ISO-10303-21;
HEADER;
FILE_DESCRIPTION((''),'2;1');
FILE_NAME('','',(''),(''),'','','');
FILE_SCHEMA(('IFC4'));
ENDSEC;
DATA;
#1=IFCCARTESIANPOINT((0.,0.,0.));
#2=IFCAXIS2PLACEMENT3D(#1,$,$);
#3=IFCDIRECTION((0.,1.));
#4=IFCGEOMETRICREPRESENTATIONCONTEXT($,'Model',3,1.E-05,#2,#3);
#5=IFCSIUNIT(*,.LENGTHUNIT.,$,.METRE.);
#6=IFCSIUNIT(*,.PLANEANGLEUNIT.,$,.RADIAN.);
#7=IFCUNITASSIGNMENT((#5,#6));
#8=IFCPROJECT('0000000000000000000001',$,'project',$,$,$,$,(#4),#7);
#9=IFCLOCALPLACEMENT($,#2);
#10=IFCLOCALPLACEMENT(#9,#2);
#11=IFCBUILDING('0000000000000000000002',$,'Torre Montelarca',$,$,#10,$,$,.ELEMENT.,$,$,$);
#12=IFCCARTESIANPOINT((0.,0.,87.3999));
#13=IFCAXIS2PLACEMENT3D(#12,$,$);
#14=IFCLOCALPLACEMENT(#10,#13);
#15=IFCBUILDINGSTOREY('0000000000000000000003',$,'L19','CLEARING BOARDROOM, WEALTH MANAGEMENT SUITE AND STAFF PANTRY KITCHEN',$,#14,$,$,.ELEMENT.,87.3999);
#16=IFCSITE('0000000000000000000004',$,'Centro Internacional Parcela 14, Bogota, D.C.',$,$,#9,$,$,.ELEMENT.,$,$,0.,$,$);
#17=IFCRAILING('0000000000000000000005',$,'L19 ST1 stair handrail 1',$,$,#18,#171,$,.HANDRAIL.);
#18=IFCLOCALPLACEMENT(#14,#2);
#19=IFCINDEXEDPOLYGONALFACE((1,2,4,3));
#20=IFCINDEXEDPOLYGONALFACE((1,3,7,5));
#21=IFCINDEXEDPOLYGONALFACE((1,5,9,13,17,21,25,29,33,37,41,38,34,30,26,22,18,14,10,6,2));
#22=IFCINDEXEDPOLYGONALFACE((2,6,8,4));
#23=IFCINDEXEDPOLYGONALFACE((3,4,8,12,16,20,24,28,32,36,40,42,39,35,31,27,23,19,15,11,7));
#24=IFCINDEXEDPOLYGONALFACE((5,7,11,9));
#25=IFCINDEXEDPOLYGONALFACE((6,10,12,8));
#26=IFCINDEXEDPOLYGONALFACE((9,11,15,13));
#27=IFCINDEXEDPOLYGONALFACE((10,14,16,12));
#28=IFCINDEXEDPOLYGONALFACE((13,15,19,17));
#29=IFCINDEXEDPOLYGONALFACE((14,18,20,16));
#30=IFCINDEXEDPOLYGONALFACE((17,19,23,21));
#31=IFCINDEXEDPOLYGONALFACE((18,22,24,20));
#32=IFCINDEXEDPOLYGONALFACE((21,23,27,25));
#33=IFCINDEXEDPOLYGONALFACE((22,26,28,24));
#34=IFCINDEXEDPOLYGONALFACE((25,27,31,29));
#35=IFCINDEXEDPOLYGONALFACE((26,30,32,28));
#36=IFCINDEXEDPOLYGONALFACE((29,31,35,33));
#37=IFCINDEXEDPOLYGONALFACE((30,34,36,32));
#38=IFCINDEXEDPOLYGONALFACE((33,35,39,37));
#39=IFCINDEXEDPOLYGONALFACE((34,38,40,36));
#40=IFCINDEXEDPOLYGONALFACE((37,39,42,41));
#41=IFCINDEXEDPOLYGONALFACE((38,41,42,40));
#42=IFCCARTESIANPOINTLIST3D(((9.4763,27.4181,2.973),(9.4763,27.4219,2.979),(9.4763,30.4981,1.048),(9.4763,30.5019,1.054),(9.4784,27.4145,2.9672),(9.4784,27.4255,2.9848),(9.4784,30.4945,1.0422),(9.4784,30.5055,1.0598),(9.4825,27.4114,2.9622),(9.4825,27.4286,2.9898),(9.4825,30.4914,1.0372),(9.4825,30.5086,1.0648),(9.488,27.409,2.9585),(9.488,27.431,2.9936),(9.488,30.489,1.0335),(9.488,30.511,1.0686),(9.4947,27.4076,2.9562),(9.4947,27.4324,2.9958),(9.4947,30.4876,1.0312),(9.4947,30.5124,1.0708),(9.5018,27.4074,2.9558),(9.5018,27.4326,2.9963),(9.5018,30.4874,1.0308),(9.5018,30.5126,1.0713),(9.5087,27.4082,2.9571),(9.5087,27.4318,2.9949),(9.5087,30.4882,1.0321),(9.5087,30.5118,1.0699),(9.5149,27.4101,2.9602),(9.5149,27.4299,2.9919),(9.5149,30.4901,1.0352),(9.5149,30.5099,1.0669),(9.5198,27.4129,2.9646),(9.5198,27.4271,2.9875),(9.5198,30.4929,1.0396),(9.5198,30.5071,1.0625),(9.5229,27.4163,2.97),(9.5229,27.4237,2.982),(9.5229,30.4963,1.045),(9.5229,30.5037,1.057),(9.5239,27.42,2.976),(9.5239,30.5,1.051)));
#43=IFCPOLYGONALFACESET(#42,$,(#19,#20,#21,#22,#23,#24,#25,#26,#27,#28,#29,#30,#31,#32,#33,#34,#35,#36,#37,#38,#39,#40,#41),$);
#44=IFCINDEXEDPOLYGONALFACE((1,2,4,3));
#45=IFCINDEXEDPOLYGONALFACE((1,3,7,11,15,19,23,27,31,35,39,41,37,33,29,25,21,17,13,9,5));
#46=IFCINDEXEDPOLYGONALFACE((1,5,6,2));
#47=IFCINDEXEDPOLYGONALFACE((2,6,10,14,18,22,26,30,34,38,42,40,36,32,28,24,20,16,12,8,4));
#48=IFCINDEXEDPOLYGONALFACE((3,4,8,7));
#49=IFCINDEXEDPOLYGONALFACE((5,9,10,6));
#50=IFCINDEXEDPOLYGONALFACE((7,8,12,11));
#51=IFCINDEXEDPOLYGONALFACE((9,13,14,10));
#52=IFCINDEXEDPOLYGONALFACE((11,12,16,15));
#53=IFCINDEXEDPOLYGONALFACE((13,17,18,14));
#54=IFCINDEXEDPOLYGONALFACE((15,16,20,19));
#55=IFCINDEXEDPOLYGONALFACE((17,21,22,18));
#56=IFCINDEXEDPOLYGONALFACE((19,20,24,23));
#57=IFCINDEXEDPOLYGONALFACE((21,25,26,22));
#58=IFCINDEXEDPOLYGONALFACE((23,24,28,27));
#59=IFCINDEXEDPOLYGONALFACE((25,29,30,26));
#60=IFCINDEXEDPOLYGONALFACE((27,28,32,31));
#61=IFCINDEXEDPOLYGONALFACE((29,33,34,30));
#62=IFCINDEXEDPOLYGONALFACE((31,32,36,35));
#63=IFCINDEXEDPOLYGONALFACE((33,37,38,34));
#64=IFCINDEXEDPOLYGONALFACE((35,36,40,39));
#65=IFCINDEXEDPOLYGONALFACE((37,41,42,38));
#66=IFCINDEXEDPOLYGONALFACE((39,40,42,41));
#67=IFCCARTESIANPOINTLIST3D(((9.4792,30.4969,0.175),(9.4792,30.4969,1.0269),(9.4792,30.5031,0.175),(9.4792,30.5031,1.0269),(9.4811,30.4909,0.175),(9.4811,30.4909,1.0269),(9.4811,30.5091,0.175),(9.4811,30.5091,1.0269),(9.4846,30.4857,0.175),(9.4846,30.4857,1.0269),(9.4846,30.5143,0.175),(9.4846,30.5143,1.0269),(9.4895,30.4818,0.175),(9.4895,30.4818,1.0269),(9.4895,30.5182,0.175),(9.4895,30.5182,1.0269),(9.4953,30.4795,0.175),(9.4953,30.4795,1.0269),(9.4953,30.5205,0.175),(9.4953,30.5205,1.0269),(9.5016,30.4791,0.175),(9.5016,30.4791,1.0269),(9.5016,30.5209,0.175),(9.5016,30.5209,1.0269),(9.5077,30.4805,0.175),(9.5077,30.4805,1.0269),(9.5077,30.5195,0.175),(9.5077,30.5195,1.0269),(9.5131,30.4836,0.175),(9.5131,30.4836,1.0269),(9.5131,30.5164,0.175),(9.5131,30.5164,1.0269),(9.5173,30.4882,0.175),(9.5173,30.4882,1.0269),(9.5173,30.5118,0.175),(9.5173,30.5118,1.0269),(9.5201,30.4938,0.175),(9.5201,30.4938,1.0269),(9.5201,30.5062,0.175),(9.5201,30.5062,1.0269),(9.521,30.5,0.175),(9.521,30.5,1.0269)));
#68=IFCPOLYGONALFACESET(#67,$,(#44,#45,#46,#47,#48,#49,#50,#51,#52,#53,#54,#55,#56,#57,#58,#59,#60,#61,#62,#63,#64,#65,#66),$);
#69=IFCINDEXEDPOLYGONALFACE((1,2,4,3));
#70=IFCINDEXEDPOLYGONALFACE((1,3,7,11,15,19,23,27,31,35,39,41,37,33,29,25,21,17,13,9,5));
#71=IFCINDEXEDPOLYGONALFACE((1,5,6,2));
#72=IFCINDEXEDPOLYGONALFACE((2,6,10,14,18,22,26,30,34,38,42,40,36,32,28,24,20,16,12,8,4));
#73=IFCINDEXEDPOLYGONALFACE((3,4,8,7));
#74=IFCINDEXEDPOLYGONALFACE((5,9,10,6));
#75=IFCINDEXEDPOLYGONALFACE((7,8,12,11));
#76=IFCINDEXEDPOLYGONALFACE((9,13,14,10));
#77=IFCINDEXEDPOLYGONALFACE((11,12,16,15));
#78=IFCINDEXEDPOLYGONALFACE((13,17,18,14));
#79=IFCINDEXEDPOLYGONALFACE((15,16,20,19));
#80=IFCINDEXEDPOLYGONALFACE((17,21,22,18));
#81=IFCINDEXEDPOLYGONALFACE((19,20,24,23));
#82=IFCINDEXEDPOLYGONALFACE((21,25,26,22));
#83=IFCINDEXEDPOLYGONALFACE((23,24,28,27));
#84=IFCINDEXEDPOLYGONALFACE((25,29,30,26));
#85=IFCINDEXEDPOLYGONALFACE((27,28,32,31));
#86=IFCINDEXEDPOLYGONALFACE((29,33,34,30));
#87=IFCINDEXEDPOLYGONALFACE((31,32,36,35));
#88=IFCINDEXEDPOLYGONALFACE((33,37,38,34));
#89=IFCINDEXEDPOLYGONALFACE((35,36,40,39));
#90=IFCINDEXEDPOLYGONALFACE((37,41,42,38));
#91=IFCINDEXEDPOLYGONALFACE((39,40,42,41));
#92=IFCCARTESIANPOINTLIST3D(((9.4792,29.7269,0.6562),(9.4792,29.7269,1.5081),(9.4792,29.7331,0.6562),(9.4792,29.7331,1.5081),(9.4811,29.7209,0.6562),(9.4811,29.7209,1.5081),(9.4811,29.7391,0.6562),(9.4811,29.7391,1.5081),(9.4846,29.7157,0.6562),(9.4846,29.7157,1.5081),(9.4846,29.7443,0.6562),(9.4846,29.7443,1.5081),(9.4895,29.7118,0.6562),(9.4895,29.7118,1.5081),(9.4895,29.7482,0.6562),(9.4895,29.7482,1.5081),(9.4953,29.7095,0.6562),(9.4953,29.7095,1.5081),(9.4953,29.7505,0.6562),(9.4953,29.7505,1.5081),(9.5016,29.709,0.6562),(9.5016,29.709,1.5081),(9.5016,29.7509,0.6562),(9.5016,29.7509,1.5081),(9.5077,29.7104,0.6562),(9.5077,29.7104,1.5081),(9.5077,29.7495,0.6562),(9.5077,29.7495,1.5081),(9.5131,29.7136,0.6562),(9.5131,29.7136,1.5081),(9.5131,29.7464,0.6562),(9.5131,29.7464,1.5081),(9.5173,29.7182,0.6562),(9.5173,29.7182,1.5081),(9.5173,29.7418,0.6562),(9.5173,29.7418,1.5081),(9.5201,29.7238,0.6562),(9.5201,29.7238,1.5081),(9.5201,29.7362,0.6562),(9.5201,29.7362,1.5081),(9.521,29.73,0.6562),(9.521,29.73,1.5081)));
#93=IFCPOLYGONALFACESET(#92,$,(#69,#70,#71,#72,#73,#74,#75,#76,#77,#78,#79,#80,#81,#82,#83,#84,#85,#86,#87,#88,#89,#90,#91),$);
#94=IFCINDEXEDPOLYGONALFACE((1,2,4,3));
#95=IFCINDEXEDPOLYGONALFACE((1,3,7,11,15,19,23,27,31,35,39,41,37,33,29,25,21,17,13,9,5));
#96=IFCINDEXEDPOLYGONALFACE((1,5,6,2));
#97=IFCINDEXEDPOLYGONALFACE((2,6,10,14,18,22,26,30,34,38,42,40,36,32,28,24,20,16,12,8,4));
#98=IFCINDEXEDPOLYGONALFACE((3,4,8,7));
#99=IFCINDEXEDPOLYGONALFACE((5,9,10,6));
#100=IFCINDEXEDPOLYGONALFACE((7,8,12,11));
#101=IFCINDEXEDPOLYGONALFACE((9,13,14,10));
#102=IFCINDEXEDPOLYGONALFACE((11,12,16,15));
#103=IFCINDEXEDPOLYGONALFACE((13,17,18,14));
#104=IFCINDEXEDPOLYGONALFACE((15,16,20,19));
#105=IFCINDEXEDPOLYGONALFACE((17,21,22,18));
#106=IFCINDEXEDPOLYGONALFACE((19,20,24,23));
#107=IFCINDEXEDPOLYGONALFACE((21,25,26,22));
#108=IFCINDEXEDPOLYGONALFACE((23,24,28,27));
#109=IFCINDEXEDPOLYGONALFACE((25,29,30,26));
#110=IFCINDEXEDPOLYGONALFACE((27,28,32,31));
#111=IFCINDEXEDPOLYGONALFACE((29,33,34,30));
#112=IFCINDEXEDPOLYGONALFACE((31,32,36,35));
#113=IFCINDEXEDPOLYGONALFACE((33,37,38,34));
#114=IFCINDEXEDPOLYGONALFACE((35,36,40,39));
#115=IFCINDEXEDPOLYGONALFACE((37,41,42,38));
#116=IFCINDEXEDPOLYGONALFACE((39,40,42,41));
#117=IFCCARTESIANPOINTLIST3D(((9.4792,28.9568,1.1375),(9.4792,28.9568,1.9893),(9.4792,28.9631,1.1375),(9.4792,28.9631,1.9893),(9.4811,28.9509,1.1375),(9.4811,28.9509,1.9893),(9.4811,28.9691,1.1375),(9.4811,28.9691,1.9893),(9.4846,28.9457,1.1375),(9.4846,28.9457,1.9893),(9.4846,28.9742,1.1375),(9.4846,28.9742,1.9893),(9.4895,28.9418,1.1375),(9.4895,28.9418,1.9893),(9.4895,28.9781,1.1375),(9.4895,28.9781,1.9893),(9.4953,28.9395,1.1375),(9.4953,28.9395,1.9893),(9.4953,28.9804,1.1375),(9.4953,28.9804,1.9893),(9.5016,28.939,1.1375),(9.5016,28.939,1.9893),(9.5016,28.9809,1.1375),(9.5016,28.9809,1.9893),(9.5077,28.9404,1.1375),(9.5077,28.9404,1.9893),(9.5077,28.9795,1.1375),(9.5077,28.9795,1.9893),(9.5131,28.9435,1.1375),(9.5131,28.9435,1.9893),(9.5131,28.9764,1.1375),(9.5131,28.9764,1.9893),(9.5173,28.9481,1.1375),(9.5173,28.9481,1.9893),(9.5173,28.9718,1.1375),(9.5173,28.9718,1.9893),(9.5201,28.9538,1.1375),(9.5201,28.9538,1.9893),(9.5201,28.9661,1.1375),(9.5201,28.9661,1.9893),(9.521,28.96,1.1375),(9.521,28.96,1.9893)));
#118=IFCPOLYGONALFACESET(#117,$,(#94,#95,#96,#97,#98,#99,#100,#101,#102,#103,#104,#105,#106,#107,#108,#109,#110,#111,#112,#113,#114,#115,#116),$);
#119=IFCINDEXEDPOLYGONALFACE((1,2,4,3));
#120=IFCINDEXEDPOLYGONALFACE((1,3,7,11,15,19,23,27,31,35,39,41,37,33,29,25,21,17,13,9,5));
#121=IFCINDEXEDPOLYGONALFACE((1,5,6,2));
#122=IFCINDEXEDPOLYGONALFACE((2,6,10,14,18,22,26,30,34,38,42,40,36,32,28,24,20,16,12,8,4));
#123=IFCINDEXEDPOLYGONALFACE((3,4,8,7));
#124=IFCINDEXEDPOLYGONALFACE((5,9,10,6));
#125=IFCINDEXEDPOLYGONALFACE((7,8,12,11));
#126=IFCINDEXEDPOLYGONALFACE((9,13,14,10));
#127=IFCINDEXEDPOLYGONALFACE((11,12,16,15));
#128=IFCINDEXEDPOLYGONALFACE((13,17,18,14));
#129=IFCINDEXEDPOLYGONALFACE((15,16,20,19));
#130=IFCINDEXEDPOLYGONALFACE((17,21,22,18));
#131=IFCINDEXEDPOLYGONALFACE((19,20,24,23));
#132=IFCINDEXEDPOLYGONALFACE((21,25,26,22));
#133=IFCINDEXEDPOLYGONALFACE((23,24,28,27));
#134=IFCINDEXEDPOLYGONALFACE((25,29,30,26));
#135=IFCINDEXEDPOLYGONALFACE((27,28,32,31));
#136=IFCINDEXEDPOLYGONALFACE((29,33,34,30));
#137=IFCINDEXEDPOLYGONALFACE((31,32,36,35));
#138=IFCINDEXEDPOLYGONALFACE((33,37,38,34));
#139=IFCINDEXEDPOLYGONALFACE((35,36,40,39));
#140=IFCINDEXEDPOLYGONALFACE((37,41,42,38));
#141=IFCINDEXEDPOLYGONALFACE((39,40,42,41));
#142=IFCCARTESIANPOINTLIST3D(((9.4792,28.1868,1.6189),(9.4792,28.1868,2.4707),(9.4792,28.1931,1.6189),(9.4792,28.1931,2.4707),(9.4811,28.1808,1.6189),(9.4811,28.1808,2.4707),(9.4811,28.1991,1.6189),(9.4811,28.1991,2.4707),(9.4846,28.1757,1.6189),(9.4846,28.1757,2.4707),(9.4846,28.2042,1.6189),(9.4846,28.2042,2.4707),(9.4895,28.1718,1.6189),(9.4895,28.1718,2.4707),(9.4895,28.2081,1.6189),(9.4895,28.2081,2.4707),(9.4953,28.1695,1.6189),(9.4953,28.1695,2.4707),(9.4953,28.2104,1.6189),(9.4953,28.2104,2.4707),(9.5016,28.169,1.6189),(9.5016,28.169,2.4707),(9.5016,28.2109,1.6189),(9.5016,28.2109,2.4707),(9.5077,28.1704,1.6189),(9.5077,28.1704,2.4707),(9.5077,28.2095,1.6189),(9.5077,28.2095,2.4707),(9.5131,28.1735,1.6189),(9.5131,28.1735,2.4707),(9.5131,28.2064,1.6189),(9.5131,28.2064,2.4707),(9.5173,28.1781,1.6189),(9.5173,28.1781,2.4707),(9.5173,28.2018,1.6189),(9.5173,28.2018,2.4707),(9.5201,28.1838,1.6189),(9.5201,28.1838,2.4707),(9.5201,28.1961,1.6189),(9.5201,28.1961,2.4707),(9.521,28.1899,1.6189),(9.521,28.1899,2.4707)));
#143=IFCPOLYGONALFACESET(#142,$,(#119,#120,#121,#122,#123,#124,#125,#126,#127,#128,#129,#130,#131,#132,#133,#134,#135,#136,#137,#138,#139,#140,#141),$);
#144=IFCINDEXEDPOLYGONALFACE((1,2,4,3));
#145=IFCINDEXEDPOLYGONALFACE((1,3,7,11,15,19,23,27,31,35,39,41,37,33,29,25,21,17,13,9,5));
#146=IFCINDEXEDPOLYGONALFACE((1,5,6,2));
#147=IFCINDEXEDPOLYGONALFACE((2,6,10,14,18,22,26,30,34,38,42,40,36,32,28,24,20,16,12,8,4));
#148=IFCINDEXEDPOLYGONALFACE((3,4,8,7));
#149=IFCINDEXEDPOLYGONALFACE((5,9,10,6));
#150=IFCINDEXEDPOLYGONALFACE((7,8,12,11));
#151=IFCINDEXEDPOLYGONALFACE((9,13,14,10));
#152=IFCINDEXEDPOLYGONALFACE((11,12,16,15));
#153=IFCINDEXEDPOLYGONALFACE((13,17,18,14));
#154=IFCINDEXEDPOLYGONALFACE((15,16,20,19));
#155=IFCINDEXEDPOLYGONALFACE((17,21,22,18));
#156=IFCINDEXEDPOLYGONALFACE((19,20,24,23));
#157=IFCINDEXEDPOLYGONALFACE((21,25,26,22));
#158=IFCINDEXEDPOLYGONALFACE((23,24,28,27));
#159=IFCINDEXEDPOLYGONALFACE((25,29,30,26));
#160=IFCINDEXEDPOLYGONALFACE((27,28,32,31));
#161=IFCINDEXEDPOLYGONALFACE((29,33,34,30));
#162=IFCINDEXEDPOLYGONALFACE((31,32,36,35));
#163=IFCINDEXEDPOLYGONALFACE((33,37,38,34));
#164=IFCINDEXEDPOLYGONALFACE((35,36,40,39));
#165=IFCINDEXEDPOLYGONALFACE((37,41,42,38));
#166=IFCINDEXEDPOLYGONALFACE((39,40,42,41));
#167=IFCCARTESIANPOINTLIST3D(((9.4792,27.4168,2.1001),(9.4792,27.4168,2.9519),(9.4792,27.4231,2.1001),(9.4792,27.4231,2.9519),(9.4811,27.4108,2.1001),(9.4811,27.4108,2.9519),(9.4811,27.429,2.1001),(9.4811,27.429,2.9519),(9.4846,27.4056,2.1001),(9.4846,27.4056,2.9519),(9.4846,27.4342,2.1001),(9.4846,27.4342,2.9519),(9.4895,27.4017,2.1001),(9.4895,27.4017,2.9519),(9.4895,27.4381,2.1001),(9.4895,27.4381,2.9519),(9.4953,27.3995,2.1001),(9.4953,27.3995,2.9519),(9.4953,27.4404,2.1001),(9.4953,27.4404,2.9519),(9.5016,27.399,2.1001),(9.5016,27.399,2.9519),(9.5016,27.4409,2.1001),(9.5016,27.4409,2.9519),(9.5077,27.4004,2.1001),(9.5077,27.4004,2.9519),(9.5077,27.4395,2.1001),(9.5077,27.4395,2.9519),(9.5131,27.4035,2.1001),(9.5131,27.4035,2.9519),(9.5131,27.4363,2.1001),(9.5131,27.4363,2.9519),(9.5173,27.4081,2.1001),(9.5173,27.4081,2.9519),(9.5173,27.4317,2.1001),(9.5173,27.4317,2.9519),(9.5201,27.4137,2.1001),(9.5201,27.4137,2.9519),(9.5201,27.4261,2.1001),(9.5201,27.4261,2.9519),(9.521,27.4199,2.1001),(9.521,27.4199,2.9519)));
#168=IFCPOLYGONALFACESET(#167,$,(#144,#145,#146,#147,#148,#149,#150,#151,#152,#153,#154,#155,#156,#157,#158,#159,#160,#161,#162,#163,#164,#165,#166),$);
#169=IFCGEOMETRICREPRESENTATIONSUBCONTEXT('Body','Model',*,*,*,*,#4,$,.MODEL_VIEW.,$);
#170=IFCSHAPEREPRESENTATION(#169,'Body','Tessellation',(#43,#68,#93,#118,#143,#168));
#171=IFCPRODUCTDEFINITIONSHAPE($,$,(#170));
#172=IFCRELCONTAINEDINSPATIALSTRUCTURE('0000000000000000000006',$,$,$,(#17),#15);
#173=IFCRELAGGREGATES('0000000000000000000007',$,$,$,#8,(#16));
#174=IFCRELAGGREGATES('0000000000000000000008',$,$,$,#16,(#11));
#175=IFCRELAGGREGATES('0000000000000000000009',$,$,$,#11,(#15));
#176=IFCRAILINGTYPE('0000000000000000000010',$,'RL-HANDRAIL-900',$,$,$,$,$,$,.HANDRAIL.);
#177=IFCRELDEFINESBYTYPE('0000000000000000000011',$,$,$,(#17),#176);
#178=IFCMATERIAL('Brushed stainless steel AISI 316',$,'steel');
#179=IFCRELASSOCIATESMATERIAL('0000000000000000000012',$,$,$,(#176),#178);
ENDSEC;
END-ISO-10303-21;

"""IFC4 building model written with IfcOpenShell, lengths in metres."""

from ifc_helpers import new_model, si_unit, direction, frame, origin, origin_2d, place, context, subcontext, project, spatial, circle, extrude, material, type_object, element, save


model = new_model("IFC4")

# Units and contexts
model_context = context("Model", 3, precision=1e-05, world=origin(), true_north=direction((0.0, 1.0)))
body_context = subcontext(model_context, "Body", "Model", "MODEL_VIEW")
ifc_project = project(units=[si_unit("LENGTHUNIT", "METRE"), si_unit("PLANEANGLEUNIT", "RADIAN")], contexts=[model_context])

# Site, building, storey
site_placement = place(None, origin())
site = spatial("IfcSite", under=ifc_project, at=site_placement, Name="Centro Internacional Parcela 14, Bogota, D.C.", CompositionType="ELEMENT", RefElevation=0.0)
building_placement = place(site_placement, origin())
building = spatial("IfcBuilding", under=site, at=building_placement, Name="Torre Montelarca", CompositionType="ELEMENT")
storey_placement = place(building_placement, frame((0.0, 0.0, 87.3999)))
storey = spatial("IfcBuildingStorey", under=building, at=storey_placement, Name="L19", Description="CLEARING BOARDROOM, WEALTH MANAGEMENT SUITE AND STAFF PANTRY KITCHEN", CompositionType="ELEMENT", Elevation=87.3999)

# Shared definitions
ifc_material_1 = material(Name="Brushed stainless steel AISI 316", Category="steel")

# Railing
railing_type_1 = type_object("IfcRailingType", Name="RL-HANDRAIL-900", PredefinedType="HANDRAIL", material=ifc_material_1)
railing_1_placement = place(storey_placement, frame((9.5, 30.5, 0.175)))
element("IfcRailing", 1, at=railing_1_placement, inside=storey, type_object=railing_type_1, Name="L19 ST1 stair handrail 1", PredefinedType="HANDRAIL", context=body_context, shape_type="SweptSolid", body=[
    extrude(circle(Radius=0.0239, at=origin_2d()), frame((0.0, 0.0, 0.876), z_axis=(0.0, -0.847998, 0.529999), x_axis=(1.0, 0.0, 0.0)), (0.0, 0.0, 1.0), 3.6321),
    extrude(circle(Radius=0.021, at=origin_2d()), origin(), (0.0, 0.0, 1.0), 0.8518),
    extrude(circle(Radius=0.021, at=origin_2d()), frame((0.0, -0.77, 0.4812)), (0.0, 0.0, 1.0), 0.8518),
    extrude(circle(Radius=0.021, at=origin_2d()), frame((0.0, -1.54, 0.9624)), (0.0, 0.0, 1.0), 0.8518),
    extrude(circle(Radius=0.021, at=origin_2d()), frame((0.0, -2.3101, 1.4438)), (0.0, 0.0, 1.0), 0.8518),
    extrude(circle(Radius=0.021, at=origin_2d()), frame((0.0, -3.0801, 1.925)), (0.0, 0.0, 1.0), 0.8518),
])

save(model, "model.ifc")
